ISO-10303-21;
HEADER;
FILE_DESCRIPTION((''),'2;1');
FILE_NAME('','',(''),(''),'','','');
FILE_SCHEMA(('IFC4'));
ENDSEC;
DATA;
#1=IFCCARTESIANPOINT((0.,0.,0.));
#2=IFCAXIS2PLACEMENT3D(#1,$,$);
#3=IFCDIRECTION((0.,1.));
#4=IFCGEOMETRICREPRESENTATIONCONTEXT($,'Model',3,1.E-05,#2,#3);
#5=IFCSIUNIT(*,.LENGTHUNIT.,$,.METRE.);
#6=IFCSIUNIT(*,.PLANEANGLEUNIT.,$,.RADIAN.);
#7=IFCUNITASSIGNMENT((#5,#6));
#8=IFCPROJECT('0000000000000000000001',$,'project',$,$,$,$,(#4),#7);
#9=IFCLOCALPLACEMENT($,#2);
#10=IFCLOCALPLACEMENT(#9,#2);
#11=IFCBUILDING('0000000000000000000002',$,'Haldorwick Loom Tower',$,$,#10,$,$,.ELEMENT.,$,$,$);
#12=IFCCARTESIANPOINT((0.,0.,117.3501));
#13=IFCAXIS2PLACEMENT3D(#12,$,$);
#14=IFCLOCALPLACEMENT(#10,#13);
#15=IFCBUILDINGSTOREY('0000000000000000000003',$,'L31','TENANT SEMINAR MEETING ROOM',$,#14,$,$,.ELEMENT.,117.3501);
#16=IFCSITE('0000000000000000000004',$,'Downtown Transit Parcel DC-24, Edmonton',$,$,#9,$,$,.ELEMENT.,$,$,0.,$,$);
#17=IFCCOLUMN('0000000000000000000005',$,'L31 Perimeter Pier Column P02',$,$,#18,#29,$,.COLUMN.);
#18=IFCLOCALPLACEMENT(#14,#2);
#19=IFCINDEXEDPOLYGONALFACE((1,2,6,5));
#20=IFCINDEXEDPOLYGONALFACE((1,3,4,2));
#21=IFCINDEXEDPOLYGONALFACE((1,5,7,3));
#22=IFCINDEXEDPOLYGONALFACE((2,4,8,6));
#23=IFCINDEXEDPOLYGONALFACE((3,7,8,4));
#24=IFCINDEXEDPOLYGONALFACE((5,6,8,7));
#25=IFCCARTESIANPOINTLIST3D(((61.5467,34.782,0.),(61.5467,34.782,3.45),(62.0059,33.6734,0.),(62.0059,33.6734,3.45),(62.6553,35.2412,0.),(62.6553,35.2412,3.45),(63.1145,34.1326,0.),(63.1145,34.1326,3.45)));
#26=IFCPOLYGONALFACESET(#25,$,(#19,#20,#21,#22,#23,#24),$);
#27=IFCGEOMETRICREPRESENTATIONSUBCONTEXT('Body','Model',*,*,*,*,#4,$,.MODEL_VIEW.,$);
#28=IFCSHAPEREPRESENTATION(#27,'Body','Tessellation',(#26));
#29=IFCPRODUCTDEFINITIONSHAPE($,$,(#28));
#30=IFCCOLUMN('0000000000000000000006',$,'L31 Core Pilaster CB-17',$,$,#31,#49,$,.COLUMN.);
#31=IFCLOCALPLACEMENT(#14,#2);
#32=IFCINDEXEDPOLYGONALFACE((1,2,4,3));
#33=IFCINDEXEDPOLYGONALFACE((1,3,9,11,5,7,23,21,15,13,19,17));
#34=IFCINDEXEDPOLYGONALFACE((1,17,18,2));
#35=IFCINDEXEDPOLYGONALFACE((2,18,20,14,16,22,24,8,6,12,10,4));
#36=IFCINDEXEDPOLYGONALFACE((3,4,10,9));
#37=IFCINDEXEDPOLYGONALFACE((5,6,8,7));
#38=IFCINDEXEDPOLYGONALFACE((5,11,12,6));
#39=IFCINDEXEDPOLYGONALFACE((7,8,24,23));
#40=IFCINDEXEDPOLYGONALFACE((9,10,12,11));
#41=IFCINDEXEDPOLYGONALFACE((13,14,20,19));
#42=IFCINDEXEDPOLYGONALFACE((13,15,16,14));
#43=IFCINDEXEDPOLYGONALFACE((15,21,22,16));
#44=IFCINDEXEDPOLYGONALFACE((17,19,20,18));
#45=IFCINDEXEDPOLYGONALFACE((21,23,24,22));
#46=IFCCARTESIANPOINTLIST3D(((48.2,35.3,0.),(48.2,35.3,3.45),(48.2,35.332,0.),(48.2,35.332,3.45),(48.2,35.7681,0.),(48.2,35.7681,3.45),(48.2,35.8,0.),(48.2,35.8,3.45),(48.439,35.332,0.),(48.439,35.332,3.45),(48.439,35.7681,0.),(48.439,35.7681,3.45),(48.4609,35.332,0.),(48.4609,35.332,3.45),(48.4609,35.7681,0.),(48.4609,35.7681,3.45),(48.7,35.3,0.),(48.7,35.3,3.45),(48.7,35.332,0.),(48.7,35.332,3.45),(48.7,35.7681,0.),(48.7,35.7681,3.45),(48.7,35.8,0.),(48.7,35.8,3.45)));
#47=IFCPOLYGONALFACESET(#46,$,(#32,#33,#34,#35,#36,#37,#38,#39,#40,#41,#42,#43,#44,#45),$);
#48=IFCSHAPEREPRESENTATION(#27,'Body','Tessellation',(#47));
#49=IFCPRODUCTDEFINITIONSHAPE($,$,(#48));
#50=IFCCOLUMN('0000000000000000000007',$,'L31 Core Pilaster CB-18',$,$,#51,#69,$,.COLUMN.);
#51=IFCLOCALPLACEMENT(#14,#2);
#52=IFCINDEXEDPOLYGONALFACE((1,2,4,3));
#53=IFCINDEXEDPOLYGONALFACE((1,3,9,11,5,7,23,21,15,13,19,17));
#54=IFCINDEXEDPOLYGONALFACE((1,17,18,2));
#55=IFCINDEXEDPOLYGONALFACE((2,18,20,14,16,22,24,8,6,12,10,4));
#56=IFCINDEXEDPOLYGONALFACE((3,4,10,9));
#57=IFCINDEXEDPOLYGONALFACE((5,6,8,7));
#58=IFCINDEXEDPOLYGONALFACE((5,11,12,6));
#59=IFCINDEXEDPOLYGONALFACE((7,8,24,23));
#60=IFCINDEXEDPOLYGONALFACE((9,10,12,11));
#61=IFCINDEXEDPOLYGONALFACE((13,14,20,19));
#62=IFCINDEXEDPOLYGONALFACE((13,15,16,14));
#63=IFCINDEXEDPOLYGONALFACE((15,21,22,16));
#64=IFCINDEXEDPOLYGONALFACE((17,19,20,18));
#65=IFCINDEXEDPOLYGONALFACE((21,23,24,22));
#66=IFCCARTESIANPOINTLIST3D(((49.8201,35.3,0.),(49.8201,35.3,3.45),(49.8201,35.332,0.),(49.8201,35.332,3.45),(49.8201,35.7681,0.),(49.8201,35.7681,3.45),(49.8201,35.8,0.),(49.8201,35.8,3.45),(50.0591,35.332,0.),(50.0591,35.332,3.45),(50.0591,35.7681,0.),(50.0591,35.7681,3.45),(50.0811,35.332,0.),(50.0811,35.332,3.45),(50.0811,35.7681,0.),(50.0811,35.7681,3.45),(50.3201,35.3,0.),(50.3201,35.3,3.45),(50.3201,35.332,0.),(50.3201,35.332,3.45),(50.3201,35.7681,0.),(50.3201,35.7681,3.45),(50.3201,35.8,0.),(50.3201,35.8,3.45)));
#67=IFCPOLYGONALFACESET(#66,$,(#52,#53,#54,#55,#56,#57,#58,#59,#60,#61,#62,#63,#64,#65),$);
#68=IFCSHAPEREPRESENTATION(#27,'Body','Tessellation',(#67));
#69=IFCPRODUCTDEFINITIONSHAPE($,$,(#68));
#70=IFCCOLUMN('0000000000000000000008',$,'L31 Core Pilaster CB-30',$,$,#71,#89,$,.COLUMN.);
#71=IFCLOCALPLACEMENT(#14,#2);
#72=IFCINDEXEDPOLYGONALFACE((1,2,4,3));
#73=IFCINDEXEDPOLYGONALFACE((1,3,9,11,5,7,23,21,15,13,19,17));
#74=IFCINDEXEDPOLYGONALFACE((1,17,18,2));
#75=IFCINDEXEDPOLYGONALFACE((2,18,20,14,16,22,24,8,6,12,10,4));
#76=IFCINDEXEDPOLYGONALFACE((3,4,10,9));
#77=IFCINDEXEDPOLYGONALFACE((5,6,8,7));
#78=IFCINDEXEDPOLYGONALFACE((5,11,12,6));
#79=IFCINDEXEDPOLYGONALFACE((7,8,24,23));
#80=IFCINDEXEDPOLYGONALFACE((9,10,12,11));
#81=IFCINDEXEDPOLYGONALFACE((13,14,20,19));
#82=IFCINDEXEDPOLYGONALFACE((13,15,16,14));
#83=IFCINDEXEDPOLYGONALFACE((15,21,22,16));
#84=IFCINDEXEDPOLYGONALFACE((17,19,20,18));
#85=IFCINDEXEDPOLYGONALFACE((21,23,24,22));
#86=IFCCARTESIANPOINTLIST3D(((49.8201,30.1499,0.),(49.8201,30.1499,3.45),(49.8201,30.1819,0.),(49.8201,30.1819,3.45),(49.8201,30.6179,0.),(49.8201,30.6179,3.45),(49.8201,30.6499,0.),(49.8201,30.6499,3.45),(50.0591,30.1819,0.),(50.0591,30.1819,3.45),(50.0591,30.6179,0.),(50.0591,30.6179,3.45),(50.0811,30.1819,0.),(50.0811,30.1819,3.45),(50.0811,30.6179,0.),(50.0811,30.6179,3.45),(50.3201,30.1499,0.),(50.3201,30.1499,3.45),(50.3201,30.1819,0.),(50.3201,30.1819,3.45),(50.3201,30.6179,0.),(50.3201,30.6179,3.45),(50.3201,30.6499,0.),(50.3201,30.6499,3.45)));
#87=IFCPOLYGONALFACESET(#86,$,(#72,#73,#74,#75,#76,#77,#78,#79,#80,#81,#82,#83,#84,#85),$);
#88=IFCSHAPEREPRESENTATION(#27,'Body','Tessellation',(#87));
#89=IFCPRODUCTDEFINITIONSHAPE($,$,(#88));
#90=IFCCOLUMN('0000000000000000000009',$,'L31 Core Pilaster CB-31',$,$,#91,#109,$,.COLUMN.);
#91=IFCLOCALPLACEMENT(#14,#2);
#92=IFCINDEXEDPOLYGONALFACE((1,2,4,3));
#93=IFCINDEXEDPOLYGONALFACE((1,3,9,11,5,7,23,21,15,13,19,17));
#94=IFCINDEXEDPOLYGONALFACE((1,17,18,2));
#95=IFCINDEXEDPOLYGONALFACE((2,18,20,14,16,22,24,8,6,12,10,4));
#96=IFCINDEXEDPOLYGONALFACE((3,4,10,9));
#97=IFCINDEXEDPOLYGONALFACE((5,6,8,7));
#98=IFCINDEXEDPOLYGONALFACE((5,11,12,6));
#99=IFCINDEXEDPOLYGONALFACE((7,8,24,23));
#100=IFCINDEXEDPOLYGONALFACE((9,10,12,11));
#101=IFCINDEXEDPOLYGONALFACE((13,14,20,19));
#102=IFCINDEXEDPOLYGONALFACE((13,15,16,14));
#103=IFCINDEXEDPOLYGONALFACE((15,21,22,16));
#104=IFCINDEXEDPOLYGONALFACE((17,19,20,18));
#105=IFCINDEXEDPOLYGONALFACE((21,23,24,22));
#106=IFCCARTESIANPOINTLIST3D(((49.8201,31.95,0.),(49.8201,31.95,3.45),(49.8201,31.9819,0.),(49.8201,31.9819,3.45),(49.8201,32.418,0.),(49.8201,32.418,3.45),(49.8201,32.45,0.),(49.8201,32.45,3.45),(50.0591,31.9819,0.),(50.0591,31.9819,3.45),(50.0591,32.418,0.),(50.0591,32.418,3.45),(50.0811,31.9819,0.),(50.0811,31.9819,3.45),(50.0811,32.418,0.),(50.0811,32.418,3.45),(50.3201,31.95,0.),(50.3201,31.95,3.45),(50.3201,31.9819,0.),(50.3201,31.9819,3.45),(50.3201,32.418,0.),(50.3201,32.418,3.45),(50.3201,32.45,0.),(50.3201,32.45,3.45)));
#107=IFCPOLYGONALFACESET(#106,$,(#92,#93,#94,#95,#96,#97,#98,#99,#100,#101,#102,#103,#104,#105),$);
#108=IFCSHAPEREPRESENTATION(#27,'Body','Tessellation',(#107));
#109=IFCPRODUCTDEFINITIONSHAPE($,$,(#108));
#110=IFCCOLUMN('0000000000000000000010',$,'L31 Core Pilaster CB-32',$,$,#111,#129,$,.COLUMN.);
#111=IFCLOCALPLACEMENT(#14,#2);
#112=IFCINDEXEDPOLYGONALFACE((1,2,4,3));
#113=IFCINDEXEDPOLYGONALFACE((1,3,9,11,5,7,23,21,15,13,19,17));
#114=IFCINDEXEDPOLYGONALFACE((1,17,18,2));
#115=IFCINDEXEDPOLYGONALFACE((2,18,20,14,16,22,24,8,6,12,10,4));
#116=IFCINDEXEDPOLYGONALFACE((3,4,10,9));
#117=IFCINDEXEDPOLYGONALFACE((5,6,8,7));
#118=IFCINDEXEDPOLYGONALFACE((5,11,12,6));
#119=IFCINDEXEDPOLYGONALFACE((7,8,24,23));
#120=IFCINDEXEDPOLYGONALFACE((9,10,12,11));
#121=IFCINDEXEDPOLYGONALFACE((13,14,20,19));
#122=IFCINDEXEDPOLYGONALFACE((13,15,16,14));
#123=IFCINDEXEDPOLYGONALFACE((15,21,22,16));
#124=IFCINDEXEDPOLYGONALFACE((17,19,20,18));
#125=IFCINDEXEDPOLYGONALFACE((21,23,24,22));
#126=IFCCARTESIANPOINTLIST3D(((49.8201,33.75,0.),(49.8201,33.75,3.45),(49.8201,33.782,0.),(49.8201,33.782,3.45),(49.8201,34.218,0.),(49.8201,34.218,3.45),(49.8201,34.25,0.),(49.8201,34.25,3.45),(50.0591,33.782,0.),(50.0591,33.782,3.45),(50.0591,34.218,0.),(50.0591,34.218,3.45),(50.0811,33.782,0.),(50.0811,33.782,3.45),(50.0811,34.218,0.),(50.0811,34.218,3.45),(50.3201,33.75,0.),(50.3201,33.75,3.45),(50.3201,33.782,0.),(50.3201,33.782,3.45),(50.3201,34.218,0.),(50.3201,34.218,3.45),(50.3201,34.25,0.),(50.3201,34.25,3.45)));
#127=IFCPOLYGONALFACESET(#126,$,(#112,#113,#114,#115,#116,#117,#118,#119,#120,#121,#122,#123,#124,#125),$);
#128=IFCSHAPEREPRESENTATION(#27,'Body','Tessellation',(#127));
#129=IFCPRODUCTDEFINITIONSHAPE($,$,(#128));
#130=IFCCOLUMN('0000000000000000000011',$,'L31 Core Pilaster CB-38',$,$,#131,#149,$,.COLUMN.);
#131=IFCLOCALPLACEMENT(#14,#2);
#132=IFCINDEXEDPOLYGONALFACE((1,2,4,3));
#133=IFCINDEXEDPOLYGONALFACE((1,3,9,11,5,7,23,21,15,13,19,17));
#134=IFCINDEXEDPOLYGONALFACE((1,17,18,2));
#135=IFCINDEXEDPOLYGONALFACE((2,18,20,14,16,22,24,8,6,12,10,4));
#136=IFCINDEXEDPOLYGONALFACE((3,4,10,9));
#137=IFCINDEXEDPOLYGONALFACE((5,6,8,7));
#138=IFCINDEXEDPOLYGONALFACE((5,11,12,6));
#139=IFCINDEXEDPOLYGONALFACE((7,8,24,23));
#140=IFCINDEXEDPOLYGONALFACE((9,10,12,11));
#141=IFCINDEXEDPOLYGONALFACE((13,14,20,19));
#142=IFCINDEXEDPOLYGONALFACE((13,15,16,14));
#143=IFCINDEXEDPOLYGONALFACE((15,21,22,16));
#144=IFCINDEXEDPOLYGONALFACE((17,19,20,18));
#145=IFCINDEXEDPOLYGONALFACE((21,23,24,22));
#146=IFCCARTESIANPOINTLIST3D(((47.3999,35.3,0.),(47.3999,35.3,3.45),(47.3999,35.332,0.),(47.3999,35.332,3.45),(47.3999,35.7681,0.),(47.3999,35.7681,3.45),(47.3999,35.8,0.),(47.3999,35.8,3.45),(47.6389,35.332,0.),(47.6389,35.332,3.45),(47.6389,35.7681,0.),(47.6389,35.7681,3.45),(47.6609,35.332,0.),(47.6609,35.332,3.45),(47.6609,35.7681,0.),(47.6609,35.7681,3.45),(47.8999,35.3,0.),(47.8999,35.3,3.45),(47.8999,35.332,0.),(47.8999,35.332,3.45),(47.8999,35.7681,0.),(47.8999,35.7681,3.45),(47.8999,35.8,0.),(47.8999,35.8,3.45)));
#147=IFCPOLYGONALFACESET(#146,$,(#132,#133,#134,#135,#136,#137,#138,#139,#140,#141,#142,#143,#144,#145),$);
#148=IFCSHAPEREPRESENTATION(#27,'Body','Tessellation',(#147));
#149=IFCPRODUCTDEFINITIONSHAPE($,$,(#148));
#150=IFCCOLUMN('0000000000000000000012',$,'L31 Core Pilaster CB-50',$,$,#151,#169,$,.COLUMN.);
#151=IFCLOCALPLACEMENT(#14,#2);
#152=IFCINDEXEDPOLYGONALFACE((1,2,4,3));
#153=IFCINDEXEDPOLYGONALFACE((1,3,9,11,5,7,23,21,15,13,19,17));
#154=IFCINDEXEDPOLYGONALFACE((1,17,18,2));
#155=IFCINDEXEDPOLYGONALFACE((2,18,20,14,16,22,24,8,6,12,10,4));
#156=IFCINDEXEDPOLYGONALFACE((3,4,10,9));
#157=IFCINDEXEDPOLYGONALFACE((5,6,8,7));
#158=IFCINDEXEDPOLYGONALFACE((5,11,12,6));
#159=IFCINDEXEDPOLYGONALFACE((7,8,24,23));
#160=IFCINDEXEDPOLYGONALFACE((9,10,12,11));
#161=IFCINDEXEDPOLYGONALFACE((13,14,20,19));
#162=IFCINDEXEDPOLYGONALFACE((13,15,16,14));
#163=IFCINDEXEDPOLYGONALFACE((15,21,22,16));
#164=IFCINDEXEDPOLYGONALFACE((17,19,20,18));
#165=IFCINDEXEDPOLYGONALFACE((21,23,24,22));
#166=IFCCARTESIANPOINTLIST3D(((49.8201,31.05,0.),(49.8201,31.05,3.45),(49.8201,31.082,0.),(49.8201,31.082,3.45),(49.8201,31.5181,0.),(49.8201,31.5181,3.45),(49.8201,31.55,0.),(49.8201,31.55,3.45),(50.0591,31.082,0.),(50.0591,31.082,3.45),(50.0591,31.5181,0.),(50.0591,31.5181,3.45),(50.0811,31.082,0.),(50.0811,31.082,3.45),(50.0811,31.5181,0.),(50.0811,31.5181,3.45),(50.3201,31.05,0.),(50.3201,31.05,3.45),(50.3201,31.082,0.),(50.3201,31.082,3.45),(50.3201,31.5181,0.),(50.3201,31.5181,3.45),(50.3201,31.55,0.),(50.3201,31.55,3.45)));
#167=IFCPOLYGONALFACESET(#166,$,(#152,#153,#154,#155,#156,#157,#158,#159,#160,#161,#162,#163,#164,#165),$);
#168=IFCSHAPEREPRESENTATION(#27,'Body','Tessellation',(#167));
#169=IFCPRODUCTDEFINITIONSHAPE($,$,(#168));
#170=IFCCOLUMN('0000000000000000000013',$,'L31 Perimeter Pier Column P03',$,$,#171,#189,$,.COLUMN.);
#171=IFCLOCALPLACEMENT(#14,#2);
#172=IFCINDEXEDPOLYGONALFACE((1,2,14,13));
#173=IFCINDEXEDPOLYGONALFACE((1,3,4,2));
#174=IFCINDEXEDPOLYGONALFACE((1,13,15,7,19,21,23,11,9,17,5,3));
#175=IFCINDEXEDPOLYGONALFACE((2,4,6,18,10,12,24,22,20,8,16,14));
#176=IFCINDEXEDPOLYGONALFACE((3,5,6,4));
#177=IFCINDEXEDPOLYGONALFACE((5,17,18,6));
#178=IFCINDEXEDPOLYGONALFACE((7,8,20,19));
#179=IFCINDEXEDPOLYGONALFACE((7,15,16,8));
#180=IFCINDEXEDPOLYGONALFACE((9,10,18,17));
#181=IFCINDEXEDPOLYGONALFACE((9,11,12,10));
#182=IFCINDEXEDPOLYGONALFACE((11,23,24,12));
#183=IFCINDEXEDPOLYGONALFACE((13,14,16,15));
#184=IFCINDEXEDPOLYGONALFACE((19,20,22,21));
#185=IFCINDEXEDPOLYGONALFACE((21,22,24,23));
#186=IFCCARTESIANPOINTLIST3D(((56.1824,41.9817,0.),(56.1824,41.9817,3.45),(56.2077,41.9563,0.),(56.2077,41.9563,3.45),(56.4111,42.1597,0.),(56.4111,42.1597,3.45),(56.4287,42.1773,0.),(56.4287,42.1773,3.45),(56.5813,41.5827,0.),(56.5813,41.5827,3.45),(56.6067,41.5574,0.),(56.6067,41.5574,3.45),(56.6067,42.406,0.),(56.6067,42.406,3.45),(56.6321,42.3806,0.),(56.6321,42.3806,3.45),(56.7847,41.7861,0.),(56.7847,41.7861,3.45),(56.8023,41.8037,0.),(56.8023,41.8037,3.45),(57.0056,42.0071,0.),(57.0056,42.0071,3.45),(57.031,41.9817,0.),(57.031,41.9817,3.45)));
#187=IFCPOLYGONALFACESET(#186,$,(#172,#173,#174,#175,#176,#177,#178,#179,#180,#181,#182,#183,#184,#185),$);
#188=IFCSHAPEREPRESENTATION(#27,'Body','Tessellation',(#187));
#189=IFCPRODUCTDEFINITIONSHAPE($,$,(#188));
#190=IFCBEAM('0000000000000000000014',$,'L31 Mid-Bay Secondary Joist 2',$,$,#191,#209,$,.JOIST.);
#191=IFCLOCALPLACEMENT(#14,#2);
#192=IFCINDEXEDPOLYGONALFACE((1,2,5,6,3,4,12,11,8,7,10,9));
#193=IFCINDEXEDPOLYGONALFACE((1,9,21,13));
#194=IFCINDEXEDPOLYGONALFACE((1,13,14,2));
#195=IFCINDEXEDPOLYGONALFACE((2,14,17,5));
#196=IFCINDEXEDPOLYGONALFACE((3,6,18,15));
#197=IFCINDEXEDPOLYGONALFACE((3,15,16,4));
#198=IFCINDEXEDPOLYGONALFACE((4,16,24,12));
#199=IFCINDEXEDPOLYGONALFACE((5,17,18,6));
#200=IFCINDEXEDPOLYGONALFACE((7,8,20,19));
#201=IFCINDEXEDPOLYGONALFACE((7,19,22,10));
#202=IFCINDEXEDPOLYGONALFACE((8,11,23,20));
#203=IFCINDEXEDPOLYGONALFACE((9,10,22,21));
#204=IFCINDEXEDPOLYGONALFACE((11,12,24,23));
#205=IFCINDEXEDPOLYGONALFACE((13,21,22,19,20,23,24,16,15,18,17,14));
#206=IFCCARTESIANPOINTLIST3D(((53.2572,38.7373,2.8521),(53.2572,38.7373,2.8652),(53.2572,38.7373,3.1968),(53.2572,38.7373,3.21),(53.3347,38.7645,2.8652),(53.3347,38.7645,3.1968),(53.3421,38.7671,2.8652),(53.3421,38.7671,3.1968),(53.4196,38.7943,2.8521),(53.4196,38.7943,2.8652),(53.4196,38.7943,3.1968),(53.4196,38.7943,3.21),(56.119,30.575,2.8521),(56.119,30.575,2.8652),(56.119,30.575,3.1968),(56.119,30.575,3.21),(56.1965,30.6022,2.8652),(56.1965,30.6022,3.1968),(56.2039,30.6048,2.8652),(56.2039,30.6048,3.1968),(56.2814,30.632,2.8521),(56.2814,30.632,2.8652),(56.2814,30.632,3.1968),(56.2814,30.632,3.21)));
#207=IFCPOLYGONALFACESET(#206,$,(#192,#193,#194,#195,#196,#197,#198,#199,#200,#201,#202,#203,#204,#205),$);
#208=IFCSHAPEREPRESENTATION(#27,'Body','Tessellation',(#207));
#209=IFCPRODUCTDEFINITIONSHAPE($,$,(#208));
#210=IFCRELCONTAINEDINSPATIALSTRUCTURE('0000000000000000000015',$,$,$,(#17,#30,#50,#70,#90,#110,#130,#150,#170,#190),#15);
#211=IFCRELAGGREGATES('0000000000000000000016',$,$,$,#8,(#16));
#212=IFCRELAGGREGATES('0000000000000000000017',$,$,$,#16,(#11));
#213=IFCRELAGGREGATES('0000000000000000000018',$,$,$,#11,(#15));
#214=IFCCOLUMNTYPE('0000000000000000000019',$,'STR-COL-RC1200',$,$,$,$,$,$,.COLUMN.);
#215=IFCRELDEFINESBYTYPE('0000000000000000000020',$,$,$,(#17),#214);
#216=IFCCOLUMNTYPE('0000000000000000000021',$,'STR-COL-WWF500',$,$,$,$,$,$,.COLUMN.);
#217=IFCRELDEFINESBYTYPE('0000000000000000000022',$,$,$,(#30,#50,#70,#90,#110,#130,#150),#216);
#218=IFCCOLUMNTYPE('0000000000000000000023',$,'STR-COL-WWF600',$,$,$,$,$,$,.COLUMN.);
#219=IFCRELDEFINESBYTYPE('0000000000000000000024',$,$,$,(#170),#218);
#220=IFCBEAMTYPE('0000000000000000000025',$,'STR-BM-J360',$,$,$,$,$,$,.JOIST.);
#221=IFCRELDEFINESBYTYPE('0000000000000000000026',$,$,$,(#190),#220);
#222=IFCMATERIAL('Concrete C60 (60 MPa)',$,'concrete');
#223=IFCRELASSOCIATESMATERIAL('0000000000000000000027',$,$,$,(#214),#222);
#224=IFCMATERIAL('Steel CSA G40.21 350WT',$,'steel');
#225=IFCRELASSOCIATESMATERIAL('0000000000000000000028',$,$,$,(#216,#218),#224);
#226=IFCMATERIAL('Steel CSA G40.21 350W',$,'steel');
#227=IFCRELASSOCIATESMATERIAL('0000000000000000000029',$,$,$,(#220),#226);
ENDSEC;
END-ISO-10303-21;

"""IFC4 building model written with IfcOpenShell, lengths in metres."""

from ifc_helpers import new_model, si_unit, direction, frame, origin, origin_2d, place, context, subcontext, project, spatial, rectangle, i_section, extrude, material, material_profile, profile_set, type_object, element, save


model = new_model("IFC4")

# Units and contexts
model_context = context("Model", 3, precision=1e-05, world=origin(), true_north=direction((0.0, 1.0)))
body_context = subcontext(model_context, "Body", "Model", "MODEL_VIEW")
ifc_project = project(units=[si_unit("LENGTHUNIT", "METRE"), si_unit("PLANEANGLEUNIT", "RADIAN")], contexts=[model_context])

# Site, building, storey
site_placement = place(None, origin())
site = spatial("IfcSite", under=ifc_project, at=site_placement, Name="Downtown Transit Parcel DC-24, Edmonton", CompositionType="ELEMENT", RefElevation=0.0)
building_placement = place(site_placement, origin())
building = spatial("IfcBuilding", under=site, at=building_placement, Name="Haldorwick Loom Tower", CompositionType="ELEMENT")
storey_placement = place(building_placement, frame((0.0, 0.0, 117.3501)))
storey = spatial("IfcBuildingStorey", under=building, at=storey_placement, Name="L31", Description="TENANT SEMINAR MEETING ROOM", CompositionType="ELEMENT", Elevation=117.3501)

# Columns
ifc_material_1 = material(Name="Concrete C60 (60 MPa)", Category="concrete")
ifc_material_profile_1 = material_profile(ifc_material_1, rectangle(XDim=1.2, YDim=1.2, at=origin_2d()), Name="RC1200X1200", Category="concrete")
ifc_profile_set_1 = profile_set([ifc_material_profile_1], Name="Concrete C60 (60 MPa)")
column_type_1 = type_object("IfcColumnType", Name="STR-COL-RC1200", PredefinedType="COLUMN", material=ifc_profile_set_1)
column_1_placement = place(storey_placement, frame((62.3306, 34.4573, 0.0), z_axis=(0.0, 0.0, 1.0), x_axis=(0.92388, 0.382683, 0.0)))
element("IfcColumn", 1, at=column_1_placement, inside=storey, type_object=column_type_1, Name="L31 Perimeter Pier Column P02", PredefinedType="COLUMN", context=body_context, shape_type="SweptSolid", body=[
    extrude(rectangle(XDim=1.2, YDim=1.2, at=origin_2d()), origin(), (0.0, 0.0, 1.0), 3.45),
])
ifc_material_2 = material(Name="Steel CSA G40.21 350WT", Category="steel")
ifc_material_profile_2 = material_profile(ifc_material_2, i_section(OverallWidth=0.5, OverallDepth=0.5, WebThickness=0.022, FlangeThickness=0.032, at=origin_2d()), Name="WWF500X500", Category="steel")
ifc_profile_set_2 = profile_set([ifc_material_profile_2], Name="Steel CSA G40.21 350WT")
column_type_2 = type_object("IfcColumnType", Name="STR-COL-WWF500", PredefinedType="COLUMN", material=ifc_profile_set_2)
for number, where, z_axis, x_axis, name in (
    (2, (48.45, 35.55, 0.0), (0.0, 0.0, 1.0), (1.0, 0.0, 0.0), "L31 Core Pilaster CB-17"),
    (3, (50.0701, 35.55, 0.0), (0.0, 0.0, 1.0), (1.0, 0.0, 0.0), "L31 Core Pilaster CB-18"),
    (4, (50.0701, 30.3999, 0.0), (0.0, 0.0, 1.0), (1.0, 0.0, 0.0), "L31 Core Pilaster CB-30"),
    (5, (50.0701, 32.2, 0.0), (0.0, 0.0, 1.0), (1.0, 0.0, 0.0), "L31 Core Pilaster CB-31"),
    (6, (50.0701, 34.0, 0.0), (0.0, 0.0, 1.0), (1.0, 0.0, 0.0), "L31 Core Pilaster CB-32"),
    (7, (47.6499, 35.55, 0.0), (0.0, 0.0, 1.0), (1.0, 0.0, 0.0), "L31 Core Pilaster CB-38"),
    (8, (50.0701, 31.3, 0.0), (0.0, 0.0, 1.0), (1.0, 0.0, 0.0), "L31 Core Pilaster CB-50"),
):
    element("IfcColumn", number, at=place(storey_placement, frame(where, z_axis=z_axis, x_axis=x_axis)), inside=storey, type_object=column_type_2, Name=name, PredefinedType="COLUMN", context=body_context, shape_type="SweptSolid", body=[
        extrude(i_section(OverallWidth=0.5, OverallDepth=0.5, WebThickness=0.022, FlangeThickness=0.032, at=origin_2d()), origin(), (0.0, 0.0, 1.0), 3.45),
    ])
ifc_material_profile_3 = material_profile(ifc_material_2, i_section(OverallWidth=0.6001, OverallDepth=0.6001, WebThickness=0.0249, FlangeThickness=0.0359, at=origin_2d()), Name="WWF600X600", Category="steel")
ifc_profile_set_3 = profile_set([ifc_material_profile_3], Name="Steel CSA G40.21 350WT")
column_type_3 = type_object("IfcColumnType", Name="STR-COL-WWF600", PredefinedType="COLUMN", material=ifc_profile_set_3)
column_2_placement = place(storey_placement, frame((56.6067, 41.9817, 0.0), z_axis=(0.0, 0.0, 1.0), x_axis=(0.707107, 0.707107, 0.0)))
element("IfcColumn", 9, at=column_2_placement, inside=storey, type_object=column_type_3, Name="L31 Perimeter Pier Column P03", PredefinedType="COLUMN", context=body_context, shape_type="SweptSolid", body=[
    extrude(i_section(OverallWidth=0.6001, OverallDepth=0.6001, WebThickness=0.0249, FlangeThickness=0.0359, at=origin_2d()), origin(), (0.0, 0.0, 1.0), 3.45),
])

# Beam
ifc_material_3 = material(Name="Steel CSA G40.21 350W", Category="steel")
ifc_material_profile_4 = material_profile(ifc_material_3, i_section(OverallWidth=0.1721, OverallDepth=0.3579, WebThickness=0.0078, FlangeThickness=0.0132, at=origin_2d()), Name="W360X57", Category="steel")
ifc_profile_set_4 = profile_set([ifc_material_profile_4], Name="Steel CSA G40.21 350W")
beam_type_1 = type_object("IfcBeamType", Name="STR-BM-J360", PredefinedType="JOIST", material=ifc_profile_set_4)
beam_1_placement = place(storey_placement, frame((56.2002, 30.6035, 3.031), z_axis=(-0.330865, 0.943678, 0.0), x_axis=(-0.943678, -0.330865, 0.0)))
element("IfcBeam", 10, at=beam_1_placement, inside=storey, type_object=beam_type_1, Name="L31 Mid-Bay Secondary Joist 2", PredefinedType="JOIST", context=body_context, shape_type="SweptSolid", body=[
    extrude(i_section(OverallWidth=0.1721, OverallDepth=0.3579, WebThickness=0.0078, FlangeThickness=0.0132, at=origin_2d()), origin(), (0.0, 0.0, 1.0), 8.6494),
])

save(model, "model.ifc")
